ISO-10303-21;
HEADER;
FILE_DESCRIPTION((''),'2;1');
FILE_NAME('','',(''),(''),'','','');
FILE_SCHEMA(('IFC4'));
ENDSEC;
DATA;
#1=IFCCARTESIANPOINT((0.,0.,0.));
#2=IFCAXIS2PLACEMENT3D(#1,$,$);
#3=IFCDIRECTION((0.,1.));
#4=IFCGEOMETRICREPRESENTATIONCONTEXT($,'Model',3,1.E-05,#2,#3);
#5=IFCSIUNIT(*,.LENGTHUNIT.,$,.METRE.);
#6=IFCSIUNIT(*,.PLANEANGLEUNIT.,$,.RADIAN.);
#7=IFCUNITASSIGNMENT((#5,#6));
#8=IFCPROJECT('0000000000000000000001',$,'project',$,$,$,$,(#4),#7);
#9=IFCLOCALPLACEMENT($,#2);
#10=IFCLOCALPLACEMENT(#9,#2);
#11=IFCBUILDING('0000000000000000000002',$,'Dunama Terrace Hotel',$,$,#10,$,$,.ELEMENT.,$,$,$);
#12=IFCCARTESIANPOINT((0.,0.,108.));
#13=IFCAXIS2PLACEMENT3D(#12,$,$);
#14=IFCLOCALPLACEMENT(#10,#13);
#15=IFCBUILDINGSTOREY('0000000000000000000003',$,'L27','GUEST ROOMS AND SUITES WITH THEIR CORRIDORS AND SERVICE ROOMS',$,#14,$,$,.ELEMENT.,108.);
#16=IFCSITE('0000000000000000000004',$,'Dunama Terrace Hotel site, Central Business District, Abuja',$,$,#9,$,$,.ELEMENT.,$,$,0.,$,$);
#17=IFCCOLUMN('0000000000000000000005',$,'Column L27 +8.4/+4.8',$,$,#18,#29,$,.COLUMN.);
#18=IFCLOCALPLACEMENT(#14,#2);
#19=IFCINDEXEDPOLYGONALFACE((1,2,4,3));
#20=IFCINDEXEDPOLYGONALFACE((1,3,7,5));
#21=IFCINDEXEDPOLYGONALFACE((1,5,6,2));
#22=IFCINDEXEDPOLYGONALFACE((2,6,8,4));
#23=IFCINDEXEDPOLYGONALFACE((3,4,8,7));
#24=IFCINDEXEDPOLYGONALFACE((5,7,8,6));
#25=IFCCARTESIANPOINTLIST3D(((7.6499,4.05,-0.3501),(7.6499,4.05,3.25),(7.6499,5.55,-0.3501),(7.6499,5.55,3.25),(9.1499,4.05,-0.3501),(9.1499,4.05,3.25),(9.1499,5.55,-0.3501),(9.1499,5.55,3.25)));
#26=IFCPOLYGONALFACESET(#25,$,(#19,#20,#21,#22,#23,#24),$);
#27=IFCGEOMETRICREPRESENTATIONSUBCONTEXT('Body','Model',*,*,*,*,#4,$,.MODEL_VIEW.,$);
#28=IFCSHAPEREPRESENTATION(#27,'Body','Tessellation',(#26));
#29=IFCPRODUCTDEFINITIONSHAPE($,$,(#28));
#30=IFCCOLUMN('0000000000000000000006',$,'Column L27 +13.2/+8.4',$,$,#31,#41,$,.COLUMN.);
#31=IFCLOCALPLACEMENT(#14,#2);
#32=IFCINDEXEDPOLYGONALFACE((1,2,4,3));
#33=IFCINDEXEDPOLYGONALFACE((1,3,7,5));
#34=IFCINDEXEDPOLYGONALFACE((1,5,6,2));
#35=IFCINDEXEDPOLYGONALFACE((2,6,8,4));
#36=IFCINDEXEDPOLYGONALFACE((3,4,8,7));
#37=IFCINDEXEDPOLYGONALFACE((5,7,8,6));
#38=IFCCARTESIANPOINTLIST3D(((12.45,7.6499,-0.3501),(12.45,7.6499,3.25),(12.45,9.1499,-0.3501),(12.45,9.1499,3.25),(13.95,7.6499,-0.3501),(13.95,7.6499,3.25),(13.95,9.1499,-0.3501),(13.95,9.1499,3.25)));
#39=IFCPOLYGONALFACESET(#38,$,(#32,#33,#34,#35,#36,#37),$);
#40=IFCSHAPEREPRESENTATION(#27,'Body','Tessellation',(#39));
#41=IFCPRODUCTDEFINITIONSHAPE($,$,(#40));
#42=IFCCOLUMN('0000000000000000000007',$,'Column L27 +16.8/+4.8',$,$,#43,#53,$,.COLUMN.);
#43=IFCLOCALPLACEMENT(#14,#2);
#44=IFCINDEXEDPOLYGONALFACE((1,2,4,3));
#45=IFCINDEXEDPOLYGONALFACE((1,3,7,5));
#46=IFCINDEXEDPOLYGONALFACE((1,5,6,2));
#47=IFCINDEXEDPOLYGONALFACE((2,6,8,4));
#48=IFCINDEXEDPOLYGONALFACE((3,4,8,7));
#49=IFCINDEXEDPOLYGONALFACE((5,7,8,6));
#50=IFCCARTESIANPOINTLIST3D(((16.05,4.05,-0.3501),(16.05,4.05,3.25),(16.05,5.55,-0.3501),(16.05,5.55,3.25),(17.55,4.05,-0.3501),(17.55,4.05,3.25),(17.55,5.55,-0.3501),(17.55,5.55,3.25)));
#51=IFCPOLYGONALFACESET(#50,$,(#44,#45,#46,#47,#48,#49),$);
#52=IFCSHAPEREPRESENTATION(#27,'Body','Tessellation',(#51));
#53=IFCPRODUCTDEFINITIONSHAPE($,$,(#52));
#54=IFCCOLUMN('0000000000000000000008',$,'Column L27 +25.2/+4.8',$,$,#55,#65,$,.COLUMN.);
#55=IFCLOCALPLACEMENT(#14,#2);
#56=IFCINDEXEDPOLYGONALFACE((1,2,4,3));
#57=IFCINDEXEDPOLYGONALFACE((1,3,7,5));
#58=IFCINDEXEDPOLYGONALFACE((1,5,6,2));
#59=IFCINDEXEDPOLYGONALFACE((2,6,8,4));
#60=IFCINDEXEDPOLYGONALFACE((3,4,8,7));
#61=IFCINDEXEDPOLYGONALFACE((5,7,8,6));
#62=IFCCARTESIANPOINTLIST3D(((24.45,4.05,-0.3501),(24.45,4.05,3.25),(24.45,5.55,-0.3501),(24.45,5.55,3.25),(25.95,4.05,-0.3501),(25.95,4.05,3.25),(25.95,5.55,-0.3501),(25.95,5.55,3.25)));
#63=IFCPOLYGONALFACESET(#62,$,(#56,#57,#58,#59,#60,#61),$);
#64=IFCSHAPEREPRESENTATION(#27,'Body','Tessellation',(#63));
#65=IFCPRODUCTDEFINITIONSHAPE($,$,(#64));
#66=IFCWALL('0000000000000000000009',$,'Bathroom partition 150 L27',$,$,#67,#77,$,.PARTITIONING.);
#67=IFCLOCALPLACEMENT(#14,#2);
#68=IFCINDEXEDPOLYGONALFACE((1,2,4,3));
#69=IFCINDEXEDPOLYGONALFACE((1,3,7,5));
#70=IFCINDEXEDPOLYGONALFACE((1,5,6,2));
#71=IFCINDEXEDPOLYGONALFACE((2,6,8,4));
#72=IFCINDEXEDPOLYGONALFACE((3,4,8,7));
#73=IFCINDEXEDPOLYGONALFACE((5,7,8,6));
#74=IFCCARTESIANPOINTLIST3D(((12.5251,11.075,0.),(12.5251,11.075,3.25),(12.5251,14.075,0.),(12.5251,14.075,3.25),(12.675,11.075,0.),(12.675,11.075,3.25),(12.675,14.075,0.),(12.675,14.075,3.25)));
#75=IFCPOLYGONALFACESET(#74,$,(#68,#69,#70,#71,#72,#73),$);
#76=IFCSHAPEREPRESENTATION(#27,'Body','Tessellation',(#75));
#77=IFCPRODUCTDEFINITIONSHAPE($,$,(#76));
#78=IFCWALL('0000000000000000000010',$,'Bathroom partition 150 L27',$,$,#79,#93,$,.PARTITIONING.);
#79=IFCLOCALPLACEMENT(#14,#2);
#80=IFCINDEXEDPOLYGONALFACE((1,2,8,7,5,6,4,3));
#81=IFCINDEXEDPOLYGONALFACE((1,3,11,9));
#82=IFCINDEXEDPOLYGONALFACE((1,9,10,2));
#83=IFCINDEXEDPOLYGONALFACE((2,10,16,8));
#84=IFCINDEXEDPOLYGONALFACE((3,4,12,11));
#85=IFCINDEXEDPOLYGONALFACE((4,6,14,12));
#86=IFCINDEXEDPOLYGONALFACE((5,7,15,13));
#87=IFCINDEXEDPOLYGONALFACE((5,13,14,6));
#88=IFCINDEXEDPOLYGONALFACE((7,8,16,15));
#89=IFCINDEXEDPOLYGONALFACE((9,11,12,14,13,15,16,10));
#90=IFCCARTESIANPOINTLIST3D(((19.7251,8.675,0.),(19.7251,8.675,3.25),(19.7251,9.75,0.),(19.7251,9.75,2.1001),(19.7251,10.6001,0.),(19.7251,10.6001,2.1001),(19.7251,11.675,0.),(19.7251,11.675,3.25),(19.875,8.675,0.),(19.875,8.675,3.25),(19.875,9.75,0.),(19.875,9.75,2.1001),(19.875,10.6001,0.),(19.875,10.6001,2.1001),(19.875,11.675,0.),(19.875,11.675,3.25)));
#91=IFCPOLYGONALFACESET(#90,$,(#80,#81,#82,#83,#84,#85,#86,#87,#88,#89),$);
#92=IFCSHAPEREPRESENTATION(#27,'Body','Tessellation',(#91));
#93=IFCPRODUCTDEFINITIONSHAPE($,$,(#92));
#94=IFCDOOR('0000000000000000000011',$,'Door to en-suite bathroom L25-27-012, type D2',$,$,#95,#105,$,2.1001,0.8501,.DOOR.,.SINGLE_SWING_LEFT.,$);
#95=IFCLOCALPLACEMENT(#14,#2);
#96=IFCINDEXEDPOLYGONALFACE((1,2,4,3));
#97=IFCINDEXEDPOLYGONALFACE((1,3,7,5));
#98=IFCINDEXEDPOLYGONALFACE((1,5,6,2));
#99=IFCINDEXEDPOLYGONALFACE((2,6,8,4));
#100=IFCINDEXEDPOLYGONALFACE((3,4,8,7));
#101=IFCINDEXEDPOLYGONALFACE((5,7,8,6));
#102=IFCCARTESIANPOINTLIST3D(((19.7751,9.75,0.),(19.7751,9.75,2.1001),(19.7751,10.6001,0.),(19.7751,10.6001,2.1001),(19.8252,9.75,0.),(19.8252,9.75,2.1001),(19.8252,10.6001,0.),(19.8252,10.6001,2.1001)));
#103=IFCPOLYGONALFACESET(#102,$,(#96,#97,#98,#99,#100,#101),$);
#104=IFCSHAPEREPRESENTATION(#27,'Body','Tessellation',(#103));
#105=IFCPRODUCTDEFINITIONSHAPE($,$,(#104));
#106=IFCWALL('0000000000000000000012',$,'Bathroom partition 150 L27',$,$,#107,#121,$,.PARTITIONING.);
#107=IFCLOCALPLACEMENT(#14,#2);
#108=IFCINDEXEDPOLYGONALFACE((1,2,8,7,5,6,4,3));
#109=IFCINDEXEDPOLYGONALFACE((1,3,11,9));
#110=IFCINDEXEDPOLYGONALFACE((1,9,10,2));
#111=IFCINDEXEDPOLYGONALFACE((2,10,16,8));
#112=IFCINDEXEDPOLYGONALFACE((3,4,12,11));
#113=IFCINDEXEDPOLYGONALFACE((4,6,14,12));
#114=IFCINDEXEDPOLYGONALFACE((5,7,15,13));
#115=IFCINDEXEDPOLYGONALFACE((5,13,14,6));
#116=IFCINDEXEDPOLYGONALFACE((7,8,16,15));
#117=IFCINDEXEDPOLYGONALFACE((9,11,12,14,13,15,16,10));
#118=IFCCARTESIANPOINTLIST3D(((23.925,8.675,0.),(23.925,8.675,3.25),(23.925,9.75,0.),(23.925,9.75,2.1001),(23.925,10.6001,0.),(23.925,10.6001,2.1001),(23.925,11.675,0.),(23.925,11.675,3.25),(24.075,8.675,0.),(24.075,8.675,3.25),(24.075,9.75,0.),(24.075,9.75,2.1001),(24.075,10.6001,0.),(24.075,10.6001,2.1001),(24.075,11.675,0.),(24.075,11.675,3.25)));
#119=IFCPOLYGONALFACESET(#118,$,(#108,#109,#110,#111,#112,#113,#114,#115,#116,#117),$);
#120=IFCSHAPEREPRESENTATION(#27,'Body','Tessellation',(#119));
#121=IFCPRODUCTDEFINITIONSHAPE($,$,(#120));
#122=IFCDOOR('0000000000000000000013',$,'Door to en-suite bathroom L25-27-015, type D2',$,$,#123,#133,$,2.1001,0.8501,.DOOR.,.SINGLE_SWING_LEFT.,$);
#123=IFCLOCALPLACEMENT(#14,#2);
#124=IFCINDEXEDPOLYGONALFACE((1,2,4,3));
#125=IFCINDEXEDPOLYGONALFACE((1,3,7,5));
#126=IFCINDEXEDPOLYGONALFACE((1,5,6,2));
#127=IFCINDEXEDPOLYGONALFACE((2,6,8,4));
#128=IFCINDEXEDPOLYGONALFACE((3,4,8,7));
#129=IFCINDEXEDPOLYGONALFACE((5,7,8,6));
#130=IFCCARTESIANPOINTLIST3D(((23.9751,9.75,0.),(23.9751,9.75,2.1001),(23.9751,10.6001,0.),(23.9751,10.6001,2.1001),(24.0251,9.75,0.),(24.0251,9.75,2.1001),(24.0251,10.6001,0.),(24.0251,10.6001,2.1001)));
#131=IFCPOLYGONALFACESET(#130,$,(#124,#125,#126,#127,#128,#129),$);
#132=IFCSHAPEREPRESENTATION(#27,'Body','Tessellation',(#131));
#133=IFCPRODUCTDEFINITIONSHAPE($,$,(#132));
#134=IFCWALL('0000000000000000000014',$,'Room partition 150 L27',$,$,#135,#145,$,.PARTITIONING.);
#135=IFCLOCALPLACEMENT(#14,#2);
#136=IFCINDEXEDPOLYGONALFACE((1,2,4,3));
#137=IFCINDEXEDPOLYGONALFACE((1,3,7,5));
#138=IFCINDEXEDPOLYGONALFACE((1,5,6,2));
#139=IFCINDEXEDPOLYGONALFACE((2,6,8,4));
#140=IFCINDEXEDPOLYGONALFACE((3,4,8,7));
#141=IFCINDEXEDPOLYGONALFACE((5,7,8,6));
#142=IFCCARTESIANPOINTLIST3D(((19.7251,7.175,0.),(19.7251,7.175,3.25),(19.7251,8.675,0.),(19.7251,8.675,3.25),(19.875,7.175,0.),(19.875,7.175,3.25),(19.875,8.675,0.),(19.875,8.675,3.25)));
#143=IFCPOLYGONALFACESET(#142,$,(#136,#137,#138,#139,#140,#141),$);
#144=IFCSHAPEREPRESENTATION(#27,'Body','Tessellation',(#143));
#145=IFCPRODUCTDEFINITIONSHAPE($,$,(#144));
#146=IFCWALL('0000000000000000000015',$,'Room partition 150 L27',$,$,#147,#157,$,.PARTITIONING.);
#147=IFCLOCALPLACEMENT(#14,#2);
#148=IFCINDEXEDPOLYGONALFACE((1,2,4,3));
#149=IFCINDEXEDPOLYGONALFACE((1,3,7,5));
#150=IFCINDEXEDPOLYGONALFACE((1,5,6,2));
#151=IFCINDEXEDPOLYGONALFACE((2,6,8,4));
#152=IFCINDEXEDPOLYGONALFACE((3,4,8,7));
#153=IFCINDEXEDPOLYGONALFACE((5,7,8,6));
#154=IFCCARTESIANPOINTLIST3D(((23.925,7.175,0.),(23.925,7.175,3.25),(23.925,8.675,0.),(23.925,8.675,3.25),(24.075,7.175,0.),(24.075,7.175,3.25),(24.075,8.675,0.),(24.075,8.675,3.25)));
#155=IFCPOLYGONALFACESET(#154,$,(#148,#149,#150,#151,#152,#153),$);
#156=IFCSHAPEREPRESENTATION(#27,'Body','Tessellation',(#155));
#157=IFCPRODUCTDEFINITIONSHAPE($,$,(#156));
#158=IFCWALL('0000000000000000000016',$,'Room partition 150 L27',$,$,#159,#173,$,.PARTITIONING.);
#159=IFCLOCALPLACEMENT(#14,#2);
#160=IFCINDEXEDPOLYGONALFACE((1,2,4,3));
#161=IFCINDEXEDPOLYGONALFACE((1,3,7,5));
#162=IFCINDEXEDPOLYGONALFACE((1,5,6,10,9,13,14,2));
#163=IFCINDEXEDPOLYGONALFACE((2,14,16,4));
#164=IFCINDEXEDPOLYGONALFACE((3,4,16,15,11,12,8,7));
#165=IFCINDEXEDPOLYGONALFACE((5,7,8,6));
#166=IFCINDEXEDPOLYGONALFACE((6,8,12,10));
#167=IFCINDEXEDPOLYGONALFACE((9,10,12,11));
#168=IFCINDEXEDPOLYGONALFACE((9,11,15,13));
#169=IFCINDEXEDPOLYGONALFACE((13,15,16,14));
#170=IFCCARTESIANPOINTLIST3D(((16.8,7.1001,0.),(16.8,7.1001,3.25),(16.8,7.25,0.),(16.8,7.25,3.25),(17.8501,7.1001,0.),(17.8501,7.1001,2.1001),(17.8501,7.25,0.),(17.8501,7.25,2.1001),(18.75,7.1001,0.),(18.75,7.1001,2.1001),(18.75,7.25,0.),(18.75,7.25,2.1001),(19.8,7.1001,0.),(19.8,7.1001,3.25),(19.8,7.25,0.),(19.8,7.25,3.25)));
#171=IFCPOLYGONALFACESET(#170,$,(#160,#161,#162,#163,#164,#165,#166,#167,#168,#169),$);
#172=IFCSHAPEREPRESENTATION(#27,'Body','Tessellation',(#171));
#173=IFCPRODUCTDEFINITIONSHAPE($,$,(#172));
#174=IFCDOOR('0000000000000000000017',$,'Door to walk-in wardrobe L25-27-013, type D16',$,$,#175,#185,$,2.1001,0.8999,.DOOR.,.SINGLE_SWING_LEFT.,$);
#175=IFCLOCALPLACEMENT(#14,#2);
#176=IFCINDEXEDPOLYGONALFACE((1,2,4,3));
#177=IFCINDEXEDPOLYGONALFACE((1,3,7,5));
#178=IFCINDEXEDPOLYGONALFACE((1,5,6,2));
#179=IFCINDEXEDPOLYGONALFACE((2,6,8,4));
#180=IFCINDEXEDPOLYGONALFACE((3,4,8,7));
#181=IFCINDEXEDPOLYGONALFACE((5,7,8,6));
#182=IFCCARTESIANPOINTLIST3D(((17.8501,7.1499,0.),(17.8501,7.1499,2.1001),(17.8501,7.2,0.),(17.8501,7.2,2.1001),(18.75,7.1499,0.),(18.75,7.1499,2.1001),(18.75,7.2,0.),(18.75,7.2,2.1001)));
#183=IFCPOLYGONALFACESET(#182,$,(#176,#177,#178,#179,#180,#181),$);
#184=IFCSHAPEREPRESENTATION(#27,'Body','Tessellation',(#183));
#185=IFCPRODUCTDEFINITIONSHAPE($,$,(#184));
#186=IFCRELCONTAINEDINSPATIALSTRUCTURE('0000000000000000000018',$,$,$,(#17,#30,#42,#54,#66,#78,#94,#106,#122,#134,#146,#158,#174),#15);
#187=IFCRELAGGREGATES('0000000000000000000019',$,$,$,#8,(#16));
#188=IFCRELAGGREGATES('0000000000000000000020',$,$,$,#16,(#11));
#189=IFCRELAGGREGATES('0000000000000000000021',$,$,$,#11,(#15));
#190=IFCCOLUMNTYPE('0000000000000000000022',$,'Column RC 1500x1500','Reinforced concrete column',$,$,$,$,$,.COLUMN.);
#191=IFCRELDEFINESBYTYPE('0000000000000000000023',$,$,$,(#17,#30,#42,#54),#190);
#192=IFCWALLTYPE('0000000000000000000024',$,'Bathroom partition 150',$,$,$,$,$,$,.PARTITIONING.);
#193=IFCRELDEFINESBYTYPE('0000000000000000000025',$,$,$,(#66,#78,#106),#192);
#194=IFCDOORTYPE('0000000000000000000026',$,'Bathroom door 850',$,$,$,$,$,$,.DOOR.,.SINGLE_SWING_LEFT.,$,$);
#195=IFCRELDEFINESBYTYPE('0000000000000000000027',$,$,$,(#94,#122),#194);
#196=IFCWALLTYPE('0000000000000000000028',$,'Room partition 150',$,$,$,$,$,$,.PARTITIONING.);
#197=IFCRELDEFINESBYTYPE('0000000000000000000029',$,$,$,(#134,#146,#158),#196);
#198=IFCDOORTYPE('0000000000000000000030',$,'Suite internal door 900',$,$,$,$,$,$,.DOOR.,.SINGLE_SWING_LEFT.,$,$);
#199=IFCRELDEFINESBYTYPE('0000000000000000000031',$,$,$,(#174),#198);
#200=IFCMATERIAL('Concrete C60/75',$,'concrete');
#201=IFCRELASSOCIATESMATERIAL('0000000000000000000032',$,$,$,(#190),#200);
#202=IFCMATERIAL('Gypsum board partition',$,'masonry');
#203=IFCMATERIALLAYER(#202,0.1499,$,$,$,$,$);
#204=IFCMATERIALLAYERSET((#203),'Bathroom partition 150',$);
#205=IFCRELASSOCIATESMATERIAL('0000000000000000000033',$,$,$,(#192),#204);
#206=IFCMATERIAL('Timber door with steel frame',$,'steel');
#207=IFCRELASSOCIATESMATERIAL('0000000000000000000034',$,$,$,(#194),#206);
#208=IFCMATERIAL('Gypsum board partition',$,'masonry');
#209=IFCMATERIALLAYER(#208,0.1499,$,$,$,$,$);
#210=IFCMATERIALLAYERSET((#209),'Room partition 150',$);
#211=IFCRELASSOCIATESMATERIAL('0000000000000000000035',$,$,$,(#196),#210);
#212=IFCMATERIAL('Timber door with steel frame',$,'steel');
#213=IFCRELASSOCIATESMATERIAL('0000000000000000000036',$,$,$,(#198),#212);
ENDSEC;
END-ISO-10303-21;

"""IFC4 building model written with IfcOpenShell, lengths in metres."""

from ifc_helpers import new_model, si_unit, direction, frame, frame_2d, origin, origin_2d, place, context, subcontext, project, spatial, rectangle, extrude, material, layer, layer_set, material_profile, profile_set, type_object, element, fill, save


model = new_model("IFC4")

# Units and contexts
model_context = context("Model", 3, precision=1e-05, world=origin(), true_north=direction((0.0, 1.0)))
body_context = subcontext(model_context, "Body", "Model", "MODEL_VIEW")
ifc_project = project(units=[si_unit("LENGTHUNIT", "METRE"), si_unit("PLANEANGLEUNIT", "RADIAN")], contexts=[model_context])

# Site, building, storey
site_placement = place(None, origin())
site = spatial("IfcSite", under=ifc_project, at=site_placement, Name="Dunama Terrace Hotel site, Central Business District, Abuja", CompositionType="ELEMENT", RefElevation=0.0)
building_placement = place(site_placement, origin())
building = spatial("IfcBuilding", under=site, at=building_placement, Name="Dunama Terrace Hotel", CompositionType="ELEMENT")
storey_placement = place(building_placement, frame((0.0, 0.0, 108.0)))
storey = spatial("IfcBuildingStorey", under=building, at=storey_placement, Name="L27", Description="GUEST ROOMS AND SUITES WITH THEIR CORRIDORS AND SERVICE ROOMS", CompositionType="ELEMENT", Elevation=108.0)

# Columns
ifc_material_1 = material(Name="Concrete C60/75", Category="concrete")
ifc_material_profile = material_profile(ifc_material_1, rectangle(XDim=1.5, YDim=1.5, at=origin_2d()), Name="RC 1500x1500")
ifc_profile_set = profile_set([ifc_material_profile], Name="Concrete C60/75")
column_type = type_object("IfcColumnType", Name="Column RC 1500x1500", Description="Reinforced concrete column", PredefinedType="COLUMN", material=ifc_profile_set)
for number, where, z_axis, x_axis, name in (
    (1, (8.3999, 4.8, -0.3501), (0.0, 0.0, 1.0), (1.0, 0.0, 0.0), "Column L27 +8.4/+4.8"),
    (2, (13.2, 8.3999, -0.3501), (0.0, 0.0, 1.0), (1.0, 0.0, 0.0), "Column L27 +13.2/+8.4"),
    (3, (16.8, 4.8, -0.3501), (0.0, 0.0, 1.0), (1.0, 0.0, 0.0), "Column L27 +16.8/+4.8"),
    (4, (25.2, 4.8, -0.3501), (0.0, 0.0, 1.0), (1.0, 0.0, 0.0), "Column L27 +25.2/+4.8"),
):
    element("IfcColumn", number, at=place(storey_placement, frame(where, z_axis=z_axis, x_axis=x_axis)), inside=storey, type_object=column_type, Name=name, PredefinedType="COLUMN", context=body_context, shape_type="SweptSolid", body=[
        extrude(rectangle(XDim=1.5, YDim=1.5, at=origin_2d()), origin(), (0.0, 0.0, 1.0), 3.6001),
    ])

# Wall
ifc_material_2 = material(Name="Gypsum board partition", Category="masonry")
ifc_layer_1 = layer(ifc_material_2, 0.1499)
ifc_layer_set_1 = layer_set([ifc_layer_1], Name="Bathroom partition 150")
wall_type_1 = type_object("IfcWallType", Name="Bathroom partition 150", PredefinedType="PARTITIONING", material=ifc_layer_set_1)
wall_1_placement = place(storey_placement, frame((12.6001, 11.075, 0.0), z_axis=(0.0, 0.0, 1.0), x_axis=(0.0, 1.0, 0.0)))
element("IfcWall", 5, at=wall_1_placement, inside=storey, type_object=wall_type_1, Name="Bathroom partition 150 L27", PredefinedType="PARTITIONING", context=body_context, shape_type="SweptSolid", body=[
    extrude(rectangle(XDim=3.0, YDim=0.1499, at=frame_2d((1.5, 0.0))), origin(), (0.0, 0.0, 1.0), 3.25),
])

# Walls, openings, doors
wall_2_placement = place(storey_placement, frame((19.8, 8.675, 0.0), z_axis=(0.0, 0.0, 1.0), x_axis=(0.0, 1.0, 0.0)))
wall_2 = element("IfcWall", 6, at=wall_2_placement, inside=storey, type_object=wall_type_1, Name="Bathroom partition 150 L27", PredefinedType="PARTITIONING", context=body_context, shape_type="SweptSolid", body=[
    extrude(rectangle(XDim=3.0, YDim=0.1499, at=frame_2d((1.5, 0.0))), origin(), (0.0, 0.0, 1.0), 3.25),
])
opening_1_placement = place(wall_2_placement, frame((1.075, 0.0, 0.0)))
opening_1 = element("IfcOpeningElement", 7, at=opening_1_placement, cuts=wall_2, PredefinedType="OPENING", context=body_context, shape_type="SweptSolid", body=[
    extrude(rectangle(XDim=0.8501, YDim=2.1001, at=frame_2d((0.425, 1.05))), frame((0.0, 0.085, 0.0), z_axis=(0.0, -1.0, 0.0), x_axis=(1.0, 0.0, 0.0)), (0.0, 0.0, 1.0), 0.1699),
])
ifc_material_3 = material(Name="Timber door with steel frame", Category="steel")
door_type_1 = type_object("IfcDoorType", Name="Bathroom door 850", OperationType="SINGLE_SWING_LEFT", PredefinedType="DOOR", material=ifc_material_3)
door_1_placement = place(opening_1_placement, origin())
door_1 = element("IfcDoor", 8, at=door_1_placement, inside=storey, type_object=door_type_1, Name="Door to en-suite bathroom L25-27-012, type D2", OperationType="SINGLE_SWING_LEFT", OverallHeight=2.1001, OverallWidth=0.8501, PredefinedType="DOOR", context=body_context, shape_type="SweptSolid", body=[
    extrude(rectangle(XDim=0.8501, YDim=2.1001, at=frame_2d((0.425, 1.05))), frame((0.0, 0.0249, 0.0), z_axis=(0.0, -1.0, 0.0), x_axis=(1.0, 0.0, 0.0)), (0.0, 0.0, 1.0), 0.05),
])
fill(opening_1, door_1)
wall_3_placement = place(storey_placement, frame((24.0, 8.675, 0.0), z_axis=(0.0, 0.0, 1.0), x_axis=(0.0, 1.0, 0.0)))
wall_3 = element("IfcWall", 9, at=wall_3_placement, inside=storey, type_object=wall_type_1, Name="Bathroom partition 150 L27", PredefinedType="PARTITIONING", context=body_context, shape_type="SweptSolid", body=[
    extrude(rectangle(XDim=3.0, YDim=0.1499, at=frame_2d((1.5, 0.0))), origin(), (0.0, 0.0, 1.0), 3.25),
])
opening_2_placement = place(wall_3_placement, frame((1.075, 0.0, 0.0)))
opening_2 = element("IfcOpeningElement", 10, at=opening_2_placement, cuts=wall_3, PredefinedType="OPENING", context=body_context, shape_type="SweptSolid", body=[
    extrude(rectangle(XDim=0.8501, YDim=2.1001, at=frame_2d((0.425, 1.05))), frame((0.0, 0.085, 0.0), z_axis=(0.0, -1.0, 0.0), x_axis=(1.0, 0.0, 0.0)), (0.0, 0.0, 1.0), 0.1699),
])
door_2_placement = place(opening_2_placement, origin())
door_2 = element("IfcDoor", 11, at=door_2_placement, inside=storey, type_object=door_type_1, Name="Door to en-suite bathroom L25-27-015, type D2", OperationType="SINGLE_SWING_LEFT", OverallHeight=2.1001, OverallWidth=0.8501, PredefinedType="DOOR", context=body_context, shape_type="SweptSolid", body=[
    extrude(rectangle(XDim=0.8501, YDim=2.1001, at=frame_2d((0.425, 1.05))), frame((0.0, 0.0249, 0.0), z_axis=(0.0, -1.0, 0.0), x_axis=(1.0, 0.0, 0.0)), (0.0, 0.0, 1.0), 0.05),
])
fill(opening_2, door_2)

# Walls
ifc_material_4 = material(Name="Gypsum board partition", Category="masonry")
ifc_layer_2 = layer(ifc_material_4, 0.1499)
ifc_layer_set_2 = layer_set([ifc_layer_2], Name="Room partition 150")
wall_type_2 = type_object("IfcWallType", Name="Room partition 150", PredefinedType="PARTITIONING", material=ifc_layer_set_2)
for number, where, z_axis, x_axis, name in (
    (12, (19.8, 7.175, 0.0), (0.0, 0.0, 1.0), (0.0, 1.0, 0.0), "Room partition 150 L27"),
    (13, (24.0, 7.175, 0.0), (0.0, 0.0, 1.0), (0.0, 1.0, 0.0), "Room partition 150 L27"),
):
    element("IfcWall", number, at=place(storey_placement, frame(where, z_axis=z_axis, x_axis=x_axis)), inside=storey, type_object=wall_type_2, Name=name, PredefinedType="PARTITIONING", context=body_context, shape_type="SweptSolid", body=[
        extrude(rectangle(XDim=1.5, YDim=0.1499, at=frame_2d((0.75, 0.0))), origin(), (0.0, 0.0, 1.0), 3.25),
    ])

# Wall, opening, door
wall_4_placement = place(storey_placement, frame((16.8, 7.175, 0.0), z_axis=(0.0, 0.0, 1.0), x_axis=(1.0, 0.0, 0.0)))
wall_4 = element("IfcWall", 14, at=wall_4_placement, inside=storey, type_object=wall_type_2, Name="Room partition 150 L27", PredefinedType="PARTITIONING", context=body_context, shape_type="SweptSolid", body=[
    extrude(rectangle(XDim=3.0, YDim=0.1499, at=frame_2d((1.5, 0.0))), origin(), (0.0, 0.0, 1.0), 3.25),
])
opening_3_placement = place(wall_4_placement, frame((1.05, 0.0, 0.0)))
opening_3 = element("IfcOpeningElement", 15, at=opening_3_placement, cuts=wall_4, PredefinedType="OPENING", context=body_context, shape_type="SweptSolid", body=[
    extrude(rectangle(XDim=0.8999, YDim=2.1001, at=frame_2d((0.45, 1.05))), frame((0.0, 0.085, 0.0), z_axis=(0.0, -1.0, 0.0), x_axis=(1.0, 0.0, 0.0)), (0.0, 0.0, 1.0), 0.1699),
])
ifc_material_5 = material(Name="Timber door with steel frame", Category="steel")
door_type_2 = type_object("IfcDoorType", Name="Suite internal door 900", OperationType="SINGLE_SWING_LEFT", PredefinedType="DOOR", material=ifc_material_5)
door_3_placement = place(opening_3_placement, origin())
door_3 = element("IfcDoor", 16, at=door_3_placement, inside=storey, type_object=door_type_2, Name="Door to walk-in wardrobe L25-27-013, type D16", OperationType="SINGLE_SWING_LEFT", OverallHeight=2.1001, OverallWidth=0.8999, PredefinedType="DOOR", context=body_context, shape_type="SweptSolid", body=[
    extrude(rectangle(XDim=0.8999, YDim=2.1001, at=frame_2d((0.45, 1.05))), frame((0.0, 0.0249, 0.0), z_axis=(0.0, -1.0, 0.0), x_axis=(1.0, 0.0, 0.0)), (0.0, 0.0, 1.0), 0.05),
])
fill(opening_3, door_3)

save(model, "model.ifc")
